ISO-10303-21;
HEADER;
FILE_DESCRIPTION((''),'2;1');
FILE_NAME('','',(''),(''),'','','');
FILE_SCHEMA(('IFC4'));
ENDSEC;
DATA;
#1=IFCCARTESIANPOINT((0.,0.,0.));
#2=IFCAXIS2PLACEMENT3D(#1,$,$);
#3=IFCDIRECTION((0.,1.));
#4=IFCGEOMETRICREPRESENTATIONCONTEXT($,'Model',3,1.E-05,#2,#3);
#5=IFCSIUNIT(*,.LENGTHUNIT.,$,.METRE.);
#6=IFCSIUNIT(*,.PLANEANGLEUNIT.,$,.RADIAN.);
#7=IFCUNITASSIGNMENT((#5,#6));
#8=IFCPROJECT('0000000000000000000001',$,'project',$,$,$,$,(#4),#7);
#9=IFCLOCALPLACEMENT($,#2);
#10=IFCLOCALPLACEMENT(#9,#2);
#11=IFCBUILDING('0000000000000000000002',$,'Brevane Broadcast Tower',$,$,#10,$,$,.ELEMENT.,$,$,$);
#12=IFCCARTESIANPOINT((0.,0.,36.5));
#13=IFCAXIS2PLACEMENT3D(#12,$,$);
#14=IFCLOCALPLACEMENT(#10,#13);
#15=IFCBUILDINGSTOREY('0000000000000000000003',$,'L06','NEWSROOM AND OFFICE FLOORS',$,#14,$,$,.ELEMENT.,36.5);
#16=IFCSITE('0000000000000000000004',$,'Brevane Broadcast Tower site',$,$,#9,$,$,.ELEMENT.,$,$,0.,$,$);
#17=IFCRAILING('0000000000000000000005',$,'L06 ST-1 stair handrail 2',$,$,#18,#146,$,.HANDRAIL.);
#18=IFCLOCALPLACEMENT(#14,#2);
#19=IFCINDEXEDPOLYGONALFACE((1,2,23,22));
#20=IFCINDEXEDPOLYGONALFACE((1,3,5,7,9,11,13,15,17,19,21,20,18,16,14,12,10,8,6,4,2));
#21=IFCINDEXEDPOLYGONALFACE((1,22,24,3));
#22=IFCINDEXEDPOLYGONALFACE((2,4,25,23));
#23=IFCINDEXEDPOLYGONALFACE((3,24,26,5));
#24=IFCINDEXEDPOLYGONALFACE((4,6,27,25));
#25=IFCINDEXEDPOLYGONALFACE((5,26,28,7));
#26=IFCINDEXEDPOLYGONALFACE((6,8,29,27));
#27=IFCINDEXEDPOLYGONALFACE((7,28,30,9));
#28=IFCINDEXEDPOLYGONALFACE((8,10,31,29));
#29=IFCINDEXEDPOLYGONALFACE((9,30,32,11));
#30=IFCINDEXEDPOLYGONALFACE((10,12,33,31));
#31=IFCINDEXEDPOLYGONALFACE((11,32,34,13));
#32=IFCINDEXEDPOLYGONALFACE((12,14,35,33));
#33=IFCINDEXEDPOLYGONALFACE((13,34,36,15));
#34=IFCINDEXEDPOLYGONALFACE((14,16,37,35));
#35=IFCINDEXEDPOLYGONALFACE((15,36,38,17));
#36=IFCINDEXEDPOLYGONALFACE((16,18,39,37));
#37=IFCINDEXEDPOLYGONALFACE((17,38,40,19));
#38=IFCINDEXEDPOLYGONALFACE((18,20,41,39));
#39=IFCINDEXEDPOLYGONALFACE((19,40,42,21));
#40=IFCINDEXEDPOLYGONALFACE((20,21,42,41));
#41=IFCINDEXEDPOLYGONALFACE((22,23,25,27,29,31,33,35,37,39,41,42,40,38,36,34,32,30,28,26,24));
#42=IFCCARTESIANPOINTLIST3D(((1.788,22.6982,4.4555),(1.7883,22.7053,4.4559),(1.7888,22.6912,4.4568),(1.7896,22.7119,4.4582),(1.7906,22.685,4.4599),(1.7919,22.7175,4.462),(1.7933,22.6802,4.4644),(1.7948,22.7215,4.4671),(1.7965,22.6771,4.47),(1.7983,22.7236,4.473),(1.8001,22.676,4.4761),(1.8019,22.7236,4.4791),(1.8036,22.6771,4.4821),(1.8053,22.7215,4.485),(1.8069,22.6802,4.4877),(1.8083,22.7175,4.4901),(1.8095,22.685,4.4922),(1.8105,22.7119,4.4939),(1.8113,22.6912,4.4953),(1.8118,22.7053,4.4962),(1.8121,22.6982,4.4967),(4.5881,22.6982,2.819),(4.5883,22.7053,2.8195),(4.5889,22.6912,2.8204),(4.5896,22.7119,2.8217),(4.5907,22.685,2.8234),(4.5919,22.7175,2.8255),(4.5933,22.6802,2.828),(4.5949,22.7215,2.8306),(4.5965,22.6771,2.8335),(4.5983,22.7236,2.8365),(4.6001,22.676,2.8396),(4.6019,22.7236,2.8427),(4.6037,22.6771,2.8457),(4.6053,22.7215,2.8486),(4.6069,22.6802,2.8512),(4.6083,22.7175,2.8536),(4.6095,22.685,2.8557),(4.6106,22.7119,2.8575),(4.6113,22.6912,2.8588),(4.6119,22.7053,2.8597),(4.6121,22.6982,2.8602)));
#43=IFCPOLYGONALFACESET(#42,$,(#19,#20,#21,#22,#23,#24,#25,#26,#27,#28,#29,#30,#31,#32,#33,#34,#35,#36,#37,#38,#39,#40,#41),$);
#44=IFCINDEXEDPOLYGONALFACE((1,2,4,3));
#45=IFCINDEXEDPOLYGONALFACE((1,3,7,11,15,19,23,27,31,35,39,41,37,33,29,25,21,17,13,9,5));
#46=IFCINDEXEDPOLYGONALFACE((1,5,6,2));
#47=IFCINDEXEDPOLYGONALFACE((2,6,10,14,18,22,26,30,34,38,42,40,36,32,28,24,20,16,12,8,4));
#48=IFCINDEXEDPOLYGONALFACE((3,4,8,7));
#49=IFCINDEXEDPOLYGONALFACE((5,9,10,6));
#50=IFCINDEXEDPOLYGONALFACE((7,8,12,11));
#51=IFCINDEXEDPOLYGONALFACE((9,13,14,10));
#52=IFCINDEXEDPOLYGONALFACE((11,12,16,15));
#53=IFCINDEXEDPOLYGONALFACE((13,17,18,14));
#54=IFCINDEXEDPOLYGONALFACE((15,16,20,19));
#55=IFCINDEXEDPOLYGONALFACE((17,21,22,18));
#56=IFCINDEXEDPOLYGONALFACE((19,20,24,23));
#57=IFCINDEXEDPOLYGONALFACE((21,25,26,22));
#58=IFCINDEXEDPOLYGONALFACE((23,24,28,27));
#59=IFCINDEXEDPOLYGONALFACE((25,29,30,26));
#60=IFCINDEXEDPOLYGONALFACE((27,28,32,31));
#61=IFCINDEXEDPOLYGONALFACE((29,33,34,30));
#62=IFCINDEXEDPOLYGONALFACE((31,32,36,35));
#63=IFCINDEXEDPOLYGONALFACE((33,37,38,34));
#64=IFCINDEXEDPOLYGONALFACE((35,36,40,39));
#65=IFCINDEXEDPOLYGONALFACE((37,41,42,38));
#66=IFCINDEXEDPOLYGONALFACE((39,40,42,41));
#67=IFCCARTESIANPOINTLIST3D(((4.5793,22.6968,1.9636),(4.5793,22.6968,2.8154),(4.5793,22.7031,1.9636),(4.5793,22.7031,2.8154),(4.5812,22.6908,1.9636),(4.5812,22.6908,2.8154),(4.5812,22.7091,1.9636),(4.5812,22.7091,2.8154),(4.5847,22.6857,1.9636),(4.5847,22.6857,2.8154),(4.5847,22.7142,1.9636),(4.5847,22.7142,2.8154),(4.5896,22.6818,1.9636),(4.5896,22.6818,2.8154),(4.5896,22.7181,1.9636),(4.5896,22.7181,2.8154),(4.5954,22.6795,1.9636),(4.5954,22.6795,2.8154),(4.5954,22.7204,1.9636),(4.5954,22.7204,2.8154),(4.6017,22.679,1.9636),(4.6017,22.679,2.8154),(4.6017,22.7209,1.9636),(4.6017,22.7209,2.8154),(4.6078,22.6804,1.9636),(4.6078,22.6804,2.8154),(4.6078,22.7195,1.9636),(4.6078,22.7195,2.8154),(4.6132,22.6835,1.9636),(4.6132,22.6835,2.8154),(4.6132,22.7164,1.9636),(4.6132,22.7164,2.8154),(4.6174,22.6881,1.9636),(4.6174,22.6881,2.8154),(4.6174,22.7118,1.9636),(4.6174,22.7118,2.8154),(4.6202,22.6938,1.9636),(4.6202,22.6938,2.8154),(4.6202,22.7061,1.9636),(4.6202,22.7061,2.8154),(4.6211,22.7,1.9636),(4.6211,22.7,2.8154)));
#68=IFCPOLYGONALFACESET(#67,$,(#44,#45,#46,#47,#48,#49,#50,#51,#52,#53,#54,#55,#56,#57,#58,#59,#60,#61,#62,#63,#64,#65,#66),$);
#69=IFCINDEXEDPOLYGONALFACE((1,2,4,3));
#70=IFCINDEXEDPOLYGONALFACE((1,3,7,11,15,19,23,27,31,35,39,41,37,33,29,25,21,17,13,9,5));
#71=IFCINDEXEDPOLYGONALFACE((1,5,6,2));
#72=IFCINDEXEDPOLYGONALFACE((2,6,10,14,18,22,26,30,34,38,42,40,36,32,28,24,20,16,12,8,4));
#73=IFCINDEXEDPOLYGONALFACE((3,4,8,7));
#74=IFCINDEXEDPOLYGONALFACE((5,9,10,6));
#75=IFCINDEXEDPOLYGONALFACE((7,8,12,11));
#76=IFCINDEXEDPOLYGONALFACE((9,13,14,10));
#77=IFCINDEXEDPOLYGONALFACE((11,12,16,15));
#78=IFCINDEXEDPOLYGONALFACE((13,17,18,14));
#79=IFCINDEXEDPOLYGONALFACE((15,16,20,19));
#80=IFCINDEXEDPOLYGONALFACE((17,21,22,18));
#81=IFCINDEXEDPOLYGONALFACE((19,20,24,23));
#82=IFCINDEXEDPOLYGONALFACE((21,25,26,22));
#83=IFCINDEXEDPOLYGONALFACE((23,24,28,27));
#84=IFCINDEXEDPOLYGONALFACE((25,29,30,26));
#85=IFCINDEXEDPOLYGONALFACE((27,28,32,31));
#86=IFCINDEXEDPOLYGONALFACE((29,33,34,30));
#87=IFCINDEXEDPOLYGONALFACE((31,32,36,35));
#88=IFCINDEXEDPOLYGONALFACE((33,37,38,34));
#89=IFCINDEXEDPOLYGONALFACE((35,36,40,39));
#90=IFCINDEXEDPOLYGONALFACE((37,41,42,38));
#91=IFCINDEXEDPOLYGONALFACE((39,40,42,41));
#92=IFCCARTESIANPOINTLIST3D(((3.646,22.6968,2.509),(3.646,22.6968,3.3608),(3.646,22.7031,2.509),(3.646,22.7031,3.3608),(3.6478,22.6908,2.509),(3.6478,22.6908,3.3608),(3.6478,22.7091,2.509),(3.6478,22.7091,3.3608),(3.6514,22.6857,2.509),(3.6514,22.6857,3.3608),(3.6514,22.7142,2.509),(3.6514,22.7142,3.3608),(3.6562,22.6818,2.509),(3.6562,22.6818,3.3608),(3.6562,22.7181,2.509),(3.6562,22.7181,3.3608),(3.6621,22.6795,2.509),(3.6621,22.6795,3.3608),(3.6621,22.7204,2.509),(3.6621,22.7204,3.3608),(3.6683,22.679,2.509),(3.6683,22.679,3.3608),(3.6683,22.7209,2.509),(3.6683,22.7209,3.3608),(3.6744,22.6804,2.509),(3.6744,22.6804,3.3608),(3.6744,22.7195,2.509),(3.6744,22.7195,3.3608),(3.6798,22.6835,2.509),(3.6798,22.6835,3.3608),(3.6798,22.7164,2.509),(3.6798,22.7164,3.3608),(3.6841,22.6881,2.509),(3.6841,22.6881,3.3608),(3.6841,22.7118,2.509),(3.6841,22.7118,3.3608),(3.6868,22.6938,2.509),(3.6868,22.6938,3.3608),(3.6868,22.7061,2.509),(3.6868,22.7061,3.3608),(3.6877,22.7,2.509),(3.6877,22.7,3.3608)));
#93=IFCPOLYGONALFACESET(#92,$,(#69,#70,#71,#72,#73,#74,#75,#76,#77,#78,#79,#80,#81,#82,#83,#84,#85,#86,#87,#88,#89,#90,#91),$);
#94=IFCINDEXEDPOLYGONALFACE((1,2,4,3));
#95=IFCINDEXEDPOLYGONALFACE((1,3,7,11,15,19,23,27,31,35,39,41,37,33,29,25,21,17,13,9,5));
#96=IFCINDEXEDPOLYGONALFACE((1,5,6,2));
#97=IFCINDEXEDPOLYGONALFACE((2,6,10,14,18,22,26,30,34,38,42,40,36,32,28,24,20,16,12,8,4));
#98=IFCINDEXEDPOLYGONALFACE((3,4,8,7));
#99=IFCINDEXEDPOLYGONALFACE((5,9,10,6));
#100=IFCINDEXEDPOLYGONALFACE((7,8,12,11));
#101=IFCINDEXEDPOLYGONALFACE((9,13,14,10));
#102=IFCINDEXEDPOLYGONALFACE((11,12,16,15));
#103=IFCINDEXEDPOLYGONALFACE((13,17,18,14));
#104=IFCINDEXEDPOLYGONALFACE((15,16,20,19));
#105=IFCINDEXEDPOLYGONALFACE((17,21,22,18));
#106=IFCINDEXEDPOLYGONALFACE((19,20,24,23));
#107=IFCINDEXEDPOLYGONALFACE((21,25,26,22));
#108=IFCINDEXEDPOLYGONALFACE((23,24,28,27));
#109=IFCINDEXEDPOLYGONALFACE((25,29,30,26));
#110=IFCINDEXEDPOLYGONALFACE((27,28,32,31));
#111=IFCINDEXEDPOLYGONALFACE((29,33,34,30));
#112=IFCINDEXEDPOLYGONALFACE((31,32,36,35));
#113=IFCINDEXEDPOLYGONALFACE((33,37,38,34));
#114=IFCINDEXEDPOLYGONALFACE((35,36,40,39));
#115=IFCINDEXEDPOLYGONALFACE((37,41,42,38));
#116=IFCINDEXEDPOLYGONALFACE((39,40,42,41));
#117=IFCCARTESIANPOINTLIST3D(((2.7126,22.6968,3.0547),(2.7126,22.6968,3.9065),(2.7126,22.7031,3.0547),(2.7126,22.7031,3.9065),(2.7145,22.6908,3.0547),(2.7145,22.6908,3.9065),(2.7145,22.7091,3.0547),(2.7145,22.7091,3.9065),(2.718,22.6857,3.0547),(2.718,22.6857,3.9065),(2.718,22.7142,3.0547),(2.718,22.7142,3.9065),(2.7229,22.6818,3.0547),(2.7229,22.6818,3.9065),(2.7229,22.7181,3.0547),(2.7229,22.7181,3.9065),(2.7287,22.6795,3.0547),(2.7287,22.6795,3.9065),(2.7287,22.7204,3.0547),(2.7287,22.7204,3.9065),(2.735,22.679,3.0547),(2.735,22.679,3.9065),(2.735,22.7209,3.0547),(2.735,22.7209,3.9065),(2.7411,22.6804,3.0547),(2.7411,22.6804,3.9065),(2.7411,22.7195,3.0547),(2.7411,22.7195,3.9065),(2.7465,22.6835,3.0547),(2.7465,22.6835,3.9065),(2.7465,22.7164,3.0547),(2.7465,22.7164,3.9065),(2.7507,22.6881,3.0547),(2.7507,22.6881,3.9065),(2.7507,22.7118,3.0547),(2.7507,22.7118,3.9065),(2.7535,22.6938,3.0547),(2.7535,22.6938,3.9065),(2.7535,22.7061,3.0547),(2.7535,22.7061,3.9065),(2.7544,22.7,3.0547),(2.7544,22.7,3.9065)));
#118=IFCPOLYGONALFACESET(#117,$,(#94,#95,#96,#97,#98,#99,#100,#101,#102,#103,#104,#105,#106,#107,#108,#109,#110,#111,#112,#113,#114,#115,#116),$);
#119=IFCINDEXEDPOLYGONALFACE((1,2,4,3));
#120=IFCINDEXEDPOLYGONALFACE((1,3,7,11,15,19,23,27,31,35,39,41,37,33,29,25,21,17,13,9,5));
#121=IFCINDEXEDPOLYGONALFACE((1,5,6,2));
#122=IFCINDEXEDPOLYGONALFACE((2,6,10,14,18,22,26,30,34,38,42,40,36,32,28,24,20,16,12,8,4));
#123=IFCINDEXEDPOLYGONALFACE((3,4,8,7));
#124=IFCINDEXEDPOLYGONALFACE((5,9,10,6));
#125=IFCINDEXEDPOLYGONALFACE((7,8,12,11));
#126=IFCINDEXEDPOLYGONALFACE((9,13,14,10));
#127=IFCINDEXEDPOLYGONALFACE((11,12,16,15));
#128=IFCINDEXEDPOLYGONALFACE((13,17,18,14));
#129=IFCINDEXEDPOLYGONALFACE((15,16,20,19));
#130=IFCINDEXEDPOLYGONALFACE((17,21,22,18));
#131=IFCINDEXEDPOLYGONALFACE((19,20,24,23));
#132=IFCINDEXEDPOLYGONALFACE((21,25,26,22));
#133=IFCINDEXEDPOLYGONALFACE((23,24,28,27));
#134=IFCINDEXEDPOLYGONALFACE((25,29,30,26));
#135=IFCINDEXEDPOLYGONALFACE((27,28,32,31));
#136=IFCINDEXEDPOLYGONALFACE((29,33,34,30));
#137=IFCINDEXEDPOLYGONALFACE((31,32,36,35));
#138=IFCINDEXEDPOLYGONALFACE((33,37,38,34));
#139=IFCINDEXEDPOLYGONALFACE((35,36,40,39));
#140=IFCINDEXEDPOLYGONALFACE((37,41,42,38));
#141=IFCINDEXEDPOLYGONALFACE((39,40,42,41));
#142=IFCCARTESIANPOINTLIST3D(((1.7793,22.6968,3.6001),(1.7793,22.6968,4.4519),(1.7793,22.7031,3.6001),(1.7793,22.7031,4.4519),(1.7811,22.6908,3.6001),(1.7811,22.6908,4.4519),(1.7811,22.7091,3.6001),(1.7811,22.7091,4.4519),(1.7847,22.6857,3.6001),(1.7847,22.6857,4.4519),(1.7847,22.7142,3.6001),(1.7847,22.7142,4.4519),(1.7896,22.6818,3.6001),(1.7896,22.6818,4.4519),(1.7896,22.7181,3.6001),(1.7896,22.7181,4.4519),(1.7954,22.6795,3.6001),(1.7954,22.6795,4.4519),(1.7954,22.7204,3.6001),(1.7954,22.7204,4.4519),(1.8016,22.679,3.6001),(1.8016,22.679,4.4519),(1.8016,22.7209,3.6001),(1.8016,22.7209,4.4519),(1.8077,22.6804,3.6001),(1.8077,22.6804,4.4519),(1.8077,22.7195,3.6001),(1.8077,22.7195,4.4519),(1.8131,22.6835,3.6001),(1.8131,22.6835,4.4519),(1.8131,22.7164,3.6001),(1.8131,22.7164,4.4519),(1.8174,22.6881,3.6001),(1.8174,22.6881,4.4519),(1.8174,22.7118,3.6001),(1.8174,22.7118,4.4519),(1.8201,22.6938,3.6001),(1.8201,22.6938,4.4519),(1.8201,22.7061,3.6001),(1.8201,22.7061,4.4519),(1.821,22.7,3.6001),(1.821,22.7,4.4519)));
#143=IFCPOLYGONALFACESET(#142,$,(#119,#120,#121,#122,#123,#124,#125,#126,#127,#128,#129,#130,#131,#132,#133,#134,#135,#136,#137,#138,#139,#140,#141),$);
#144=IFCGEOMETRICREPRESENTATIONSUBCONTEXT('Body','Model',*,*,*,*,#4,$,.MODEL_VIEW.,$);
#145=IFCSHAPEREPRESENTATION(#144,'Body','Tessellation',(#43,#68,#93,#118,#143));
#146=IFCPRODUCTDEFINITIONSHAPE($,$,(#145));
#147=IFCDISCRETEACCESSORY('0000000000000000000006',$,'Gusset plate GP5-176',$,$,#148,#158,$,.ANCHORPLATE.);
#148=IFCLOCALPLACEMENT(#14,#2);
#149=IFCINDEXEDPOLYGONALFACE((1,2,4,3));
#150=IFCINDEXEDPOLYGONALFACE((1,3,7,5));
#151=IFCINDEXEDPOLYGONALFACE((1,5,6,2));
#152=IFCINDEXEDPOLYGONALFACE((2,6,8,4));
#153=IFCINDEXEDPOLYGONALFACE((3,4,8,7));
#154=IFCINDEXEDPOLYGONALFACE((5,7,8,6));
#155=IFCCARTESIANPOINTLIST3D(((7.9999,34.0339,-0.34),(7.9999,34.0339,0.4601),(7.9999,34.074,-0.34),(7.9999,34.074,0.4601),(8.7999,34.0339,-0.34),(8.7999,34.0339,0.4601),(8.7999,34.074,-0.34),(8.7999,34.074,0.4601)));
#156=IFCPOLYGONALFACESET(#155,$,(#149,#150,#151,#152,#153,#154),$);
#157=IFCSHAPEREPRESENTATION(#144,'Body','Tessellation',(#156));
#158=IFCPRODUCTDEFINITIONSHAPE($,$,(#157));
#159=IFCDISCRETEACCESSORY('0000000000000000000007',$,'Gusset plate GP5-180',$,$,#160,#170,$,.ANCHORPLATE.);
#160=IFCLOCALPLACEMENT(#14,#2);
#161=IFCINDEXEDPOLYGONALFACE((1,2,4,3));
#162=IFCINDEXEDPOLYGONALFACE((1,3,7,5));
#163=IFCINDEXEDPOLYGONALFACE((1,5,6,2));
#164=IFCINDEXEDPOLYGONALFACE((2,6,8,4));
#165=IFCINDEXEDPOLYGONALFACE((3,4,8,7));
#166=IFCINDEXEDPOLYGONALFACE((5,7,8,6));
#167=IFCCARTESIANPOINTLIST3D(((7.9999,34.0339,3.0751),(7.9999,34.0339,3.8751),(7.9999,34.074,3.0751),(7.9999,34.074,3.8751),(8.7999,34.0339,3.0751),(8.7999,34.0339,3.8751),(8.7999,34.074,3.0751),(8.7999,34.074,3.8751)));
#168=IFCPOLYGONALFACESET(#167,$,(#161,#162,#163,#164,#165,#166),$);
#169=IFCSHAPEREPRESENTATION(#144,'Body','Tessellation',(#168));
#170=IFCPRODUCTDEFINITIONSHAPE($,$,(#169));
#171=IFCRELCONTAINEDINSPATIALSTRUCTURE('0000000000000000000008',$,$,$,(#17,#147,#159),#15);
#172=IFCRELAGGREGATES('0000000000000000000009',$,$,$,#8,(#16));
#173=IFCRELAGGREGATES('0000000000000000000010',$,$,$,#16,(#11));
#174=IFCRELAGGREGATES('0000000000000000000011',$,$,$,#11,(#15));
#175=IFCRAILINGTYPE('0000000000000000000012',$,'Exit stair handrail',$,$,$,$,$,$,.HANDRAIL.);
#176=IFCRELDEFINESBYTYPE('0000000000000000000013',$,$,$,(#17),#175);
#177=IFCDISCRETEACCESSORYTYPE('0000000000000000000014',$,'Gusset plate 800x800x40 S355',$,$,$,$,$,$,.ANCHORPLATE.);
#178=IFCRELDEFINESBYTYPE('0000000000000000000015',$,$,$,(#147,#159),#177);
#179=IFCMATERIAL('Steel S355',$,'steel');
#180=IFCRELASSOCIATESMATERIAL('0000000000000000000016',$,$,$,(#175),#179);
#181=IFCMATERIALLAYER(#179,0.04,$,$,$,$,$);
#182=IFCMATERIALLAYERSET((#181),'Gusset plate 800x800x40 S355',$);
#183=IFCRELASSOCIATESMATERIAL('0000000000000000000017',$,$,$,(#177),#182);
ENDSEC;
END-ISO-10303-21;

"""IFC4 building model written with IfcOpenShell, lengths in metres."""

from ifc_helpers import new_model, si_unit, direction, frame, origin, origin_2d, place, context, subcontext, project, spatial, rectangle, circle, extrude, material, layer, layer_set, type_object, element, save


model = new_model("IFC4")

# Units and contexts
model_context = context("Model", 3, precision=1e-05, world=origin(), true_north=direction((0.0, 1.0)))
body_context = subcontext(model_context, "Body", "Model", "MODEL_VIEW")
ifc_project = project(units=[si_unit("LENGTHUNIT", "METRE"), si_unit("PLANEANGLEUNIT", "RADIAN")], contexts=[model_context])

# Site, building, storey
site_placement = place(None, origin())
site = spatial("IfcSite", under=ifc_project, at=site_placement, Name="Brevane Broadcast Tower site", CompositionType="ELEMENT", RefElevation=0.0)
building_placement = place(site_placement, origin())
building = spatial("IfcBuilding", under=site, at=building_placement, Name="Brevane Broadcast Tower", CompositionType="ELEMENT")
storey_placement = place(building_placement, frame((0.0, 0.0, 36.5)))
storey = spatial("IfcBuildingStorey", under=building, at=storey_placement, Name="L06", Description="NEWSROOM AND OFFICE FLOORS", CompositionType="ELEMENT", Elevation=36.5)

# Shared definitions
ifc_material_1 = material(Name="Steel S355", Category="steel")

# Railing
railing_type_1 = type_object("IfcRailingType", Name="Exit stair handrail", PredefinedType="HANDRAIL", material=ifc_material_1)
railing_1_placement = place(storey_placement, frame((4.6001, 22.7, 1.9636)))
element("IfcRailing", 1, at=railing_1_placement, inside=storey, type_object=railing_type_1, Name="L06 ST-1 stair handrail 2", PredefinedType="HANDRAIL", context=body_context, shape_type="SweptSolid", body=[
    extrude(circle(Radius=0.0239, at=origin_2d()), frame((0.0, 0.0, 0.876), z_axis=(-0.863361, 0.0, 0.504587), x_axis=(0.0, -1.0, 0.0)), (0.0, 0.0, 1.0), 3.2432),
    extrude(circle(Radius=0.021, at=origin_2d()), origin(), (0.0, 0.0, 1.0), 0.8518),
    extrude(circle(Radius=0.021, at=origin_2d()), frame((-0.9333, 0.0, 0.5454)), (0.0, 0.0, 1.0), 0.8518),
    extrude(circle(Radius=0.021, at=origin_2d()), frame((-1.8667, 0.0, 1.0911)), (0.0, 0.0, 1.0), 0.8518),
    extrude(circle(Radius=0.021, at=origin_2d()), frame((-2.8, 0.0, 1.6365)), (0.0, 0.0, 1.0), 0.8518),
])

# Discrete accessories
ifc_layer_1 = layer(ifc_material_1, 0.04)
ifc_layer_set_1 = layer_set([ifc_layer_1], Name="Gusset plate 800x800x40 S355")
discrete_accessory_type = type_object("IfcDiscreteAccessoryType", Name="Gusset plate 800x800x40 S355", PredefinedType="ANCHORPLATE", material=ifc_layer_set_1)
for number, where, z_axis, x_axis, name in (
    (2, (8.3999, 34.0339, 0.0601), (0.0, 1.0, 0.0), (-1.0, 0.0, 0.0), "Gusset plate GP5-176"),
    (3, (8.3999, 34.0339, 3.4751), (0.0, 1.0, 0.0), (-1.0, 0.0, 0.0), "Gusset plate GP5-180"),
):
    element("IfcDiscreteAccessory", number, at=place(storey_placement, frame(where, z_axis=z_axis, x_axis=x_axis)), inside=storey, type_object=discrete_accessory_type, Name=name, PredefinedType="ANCHORPLATE", context=body_context, shape_type="SweptSolid", body=[
        extrude(rectangle(XDim=0.8, YDim=0.8, at=origin_2d()), origin(), (0.0, 0.0, 1.0), 0.04),
    ])

save(model, "model.ifc")
